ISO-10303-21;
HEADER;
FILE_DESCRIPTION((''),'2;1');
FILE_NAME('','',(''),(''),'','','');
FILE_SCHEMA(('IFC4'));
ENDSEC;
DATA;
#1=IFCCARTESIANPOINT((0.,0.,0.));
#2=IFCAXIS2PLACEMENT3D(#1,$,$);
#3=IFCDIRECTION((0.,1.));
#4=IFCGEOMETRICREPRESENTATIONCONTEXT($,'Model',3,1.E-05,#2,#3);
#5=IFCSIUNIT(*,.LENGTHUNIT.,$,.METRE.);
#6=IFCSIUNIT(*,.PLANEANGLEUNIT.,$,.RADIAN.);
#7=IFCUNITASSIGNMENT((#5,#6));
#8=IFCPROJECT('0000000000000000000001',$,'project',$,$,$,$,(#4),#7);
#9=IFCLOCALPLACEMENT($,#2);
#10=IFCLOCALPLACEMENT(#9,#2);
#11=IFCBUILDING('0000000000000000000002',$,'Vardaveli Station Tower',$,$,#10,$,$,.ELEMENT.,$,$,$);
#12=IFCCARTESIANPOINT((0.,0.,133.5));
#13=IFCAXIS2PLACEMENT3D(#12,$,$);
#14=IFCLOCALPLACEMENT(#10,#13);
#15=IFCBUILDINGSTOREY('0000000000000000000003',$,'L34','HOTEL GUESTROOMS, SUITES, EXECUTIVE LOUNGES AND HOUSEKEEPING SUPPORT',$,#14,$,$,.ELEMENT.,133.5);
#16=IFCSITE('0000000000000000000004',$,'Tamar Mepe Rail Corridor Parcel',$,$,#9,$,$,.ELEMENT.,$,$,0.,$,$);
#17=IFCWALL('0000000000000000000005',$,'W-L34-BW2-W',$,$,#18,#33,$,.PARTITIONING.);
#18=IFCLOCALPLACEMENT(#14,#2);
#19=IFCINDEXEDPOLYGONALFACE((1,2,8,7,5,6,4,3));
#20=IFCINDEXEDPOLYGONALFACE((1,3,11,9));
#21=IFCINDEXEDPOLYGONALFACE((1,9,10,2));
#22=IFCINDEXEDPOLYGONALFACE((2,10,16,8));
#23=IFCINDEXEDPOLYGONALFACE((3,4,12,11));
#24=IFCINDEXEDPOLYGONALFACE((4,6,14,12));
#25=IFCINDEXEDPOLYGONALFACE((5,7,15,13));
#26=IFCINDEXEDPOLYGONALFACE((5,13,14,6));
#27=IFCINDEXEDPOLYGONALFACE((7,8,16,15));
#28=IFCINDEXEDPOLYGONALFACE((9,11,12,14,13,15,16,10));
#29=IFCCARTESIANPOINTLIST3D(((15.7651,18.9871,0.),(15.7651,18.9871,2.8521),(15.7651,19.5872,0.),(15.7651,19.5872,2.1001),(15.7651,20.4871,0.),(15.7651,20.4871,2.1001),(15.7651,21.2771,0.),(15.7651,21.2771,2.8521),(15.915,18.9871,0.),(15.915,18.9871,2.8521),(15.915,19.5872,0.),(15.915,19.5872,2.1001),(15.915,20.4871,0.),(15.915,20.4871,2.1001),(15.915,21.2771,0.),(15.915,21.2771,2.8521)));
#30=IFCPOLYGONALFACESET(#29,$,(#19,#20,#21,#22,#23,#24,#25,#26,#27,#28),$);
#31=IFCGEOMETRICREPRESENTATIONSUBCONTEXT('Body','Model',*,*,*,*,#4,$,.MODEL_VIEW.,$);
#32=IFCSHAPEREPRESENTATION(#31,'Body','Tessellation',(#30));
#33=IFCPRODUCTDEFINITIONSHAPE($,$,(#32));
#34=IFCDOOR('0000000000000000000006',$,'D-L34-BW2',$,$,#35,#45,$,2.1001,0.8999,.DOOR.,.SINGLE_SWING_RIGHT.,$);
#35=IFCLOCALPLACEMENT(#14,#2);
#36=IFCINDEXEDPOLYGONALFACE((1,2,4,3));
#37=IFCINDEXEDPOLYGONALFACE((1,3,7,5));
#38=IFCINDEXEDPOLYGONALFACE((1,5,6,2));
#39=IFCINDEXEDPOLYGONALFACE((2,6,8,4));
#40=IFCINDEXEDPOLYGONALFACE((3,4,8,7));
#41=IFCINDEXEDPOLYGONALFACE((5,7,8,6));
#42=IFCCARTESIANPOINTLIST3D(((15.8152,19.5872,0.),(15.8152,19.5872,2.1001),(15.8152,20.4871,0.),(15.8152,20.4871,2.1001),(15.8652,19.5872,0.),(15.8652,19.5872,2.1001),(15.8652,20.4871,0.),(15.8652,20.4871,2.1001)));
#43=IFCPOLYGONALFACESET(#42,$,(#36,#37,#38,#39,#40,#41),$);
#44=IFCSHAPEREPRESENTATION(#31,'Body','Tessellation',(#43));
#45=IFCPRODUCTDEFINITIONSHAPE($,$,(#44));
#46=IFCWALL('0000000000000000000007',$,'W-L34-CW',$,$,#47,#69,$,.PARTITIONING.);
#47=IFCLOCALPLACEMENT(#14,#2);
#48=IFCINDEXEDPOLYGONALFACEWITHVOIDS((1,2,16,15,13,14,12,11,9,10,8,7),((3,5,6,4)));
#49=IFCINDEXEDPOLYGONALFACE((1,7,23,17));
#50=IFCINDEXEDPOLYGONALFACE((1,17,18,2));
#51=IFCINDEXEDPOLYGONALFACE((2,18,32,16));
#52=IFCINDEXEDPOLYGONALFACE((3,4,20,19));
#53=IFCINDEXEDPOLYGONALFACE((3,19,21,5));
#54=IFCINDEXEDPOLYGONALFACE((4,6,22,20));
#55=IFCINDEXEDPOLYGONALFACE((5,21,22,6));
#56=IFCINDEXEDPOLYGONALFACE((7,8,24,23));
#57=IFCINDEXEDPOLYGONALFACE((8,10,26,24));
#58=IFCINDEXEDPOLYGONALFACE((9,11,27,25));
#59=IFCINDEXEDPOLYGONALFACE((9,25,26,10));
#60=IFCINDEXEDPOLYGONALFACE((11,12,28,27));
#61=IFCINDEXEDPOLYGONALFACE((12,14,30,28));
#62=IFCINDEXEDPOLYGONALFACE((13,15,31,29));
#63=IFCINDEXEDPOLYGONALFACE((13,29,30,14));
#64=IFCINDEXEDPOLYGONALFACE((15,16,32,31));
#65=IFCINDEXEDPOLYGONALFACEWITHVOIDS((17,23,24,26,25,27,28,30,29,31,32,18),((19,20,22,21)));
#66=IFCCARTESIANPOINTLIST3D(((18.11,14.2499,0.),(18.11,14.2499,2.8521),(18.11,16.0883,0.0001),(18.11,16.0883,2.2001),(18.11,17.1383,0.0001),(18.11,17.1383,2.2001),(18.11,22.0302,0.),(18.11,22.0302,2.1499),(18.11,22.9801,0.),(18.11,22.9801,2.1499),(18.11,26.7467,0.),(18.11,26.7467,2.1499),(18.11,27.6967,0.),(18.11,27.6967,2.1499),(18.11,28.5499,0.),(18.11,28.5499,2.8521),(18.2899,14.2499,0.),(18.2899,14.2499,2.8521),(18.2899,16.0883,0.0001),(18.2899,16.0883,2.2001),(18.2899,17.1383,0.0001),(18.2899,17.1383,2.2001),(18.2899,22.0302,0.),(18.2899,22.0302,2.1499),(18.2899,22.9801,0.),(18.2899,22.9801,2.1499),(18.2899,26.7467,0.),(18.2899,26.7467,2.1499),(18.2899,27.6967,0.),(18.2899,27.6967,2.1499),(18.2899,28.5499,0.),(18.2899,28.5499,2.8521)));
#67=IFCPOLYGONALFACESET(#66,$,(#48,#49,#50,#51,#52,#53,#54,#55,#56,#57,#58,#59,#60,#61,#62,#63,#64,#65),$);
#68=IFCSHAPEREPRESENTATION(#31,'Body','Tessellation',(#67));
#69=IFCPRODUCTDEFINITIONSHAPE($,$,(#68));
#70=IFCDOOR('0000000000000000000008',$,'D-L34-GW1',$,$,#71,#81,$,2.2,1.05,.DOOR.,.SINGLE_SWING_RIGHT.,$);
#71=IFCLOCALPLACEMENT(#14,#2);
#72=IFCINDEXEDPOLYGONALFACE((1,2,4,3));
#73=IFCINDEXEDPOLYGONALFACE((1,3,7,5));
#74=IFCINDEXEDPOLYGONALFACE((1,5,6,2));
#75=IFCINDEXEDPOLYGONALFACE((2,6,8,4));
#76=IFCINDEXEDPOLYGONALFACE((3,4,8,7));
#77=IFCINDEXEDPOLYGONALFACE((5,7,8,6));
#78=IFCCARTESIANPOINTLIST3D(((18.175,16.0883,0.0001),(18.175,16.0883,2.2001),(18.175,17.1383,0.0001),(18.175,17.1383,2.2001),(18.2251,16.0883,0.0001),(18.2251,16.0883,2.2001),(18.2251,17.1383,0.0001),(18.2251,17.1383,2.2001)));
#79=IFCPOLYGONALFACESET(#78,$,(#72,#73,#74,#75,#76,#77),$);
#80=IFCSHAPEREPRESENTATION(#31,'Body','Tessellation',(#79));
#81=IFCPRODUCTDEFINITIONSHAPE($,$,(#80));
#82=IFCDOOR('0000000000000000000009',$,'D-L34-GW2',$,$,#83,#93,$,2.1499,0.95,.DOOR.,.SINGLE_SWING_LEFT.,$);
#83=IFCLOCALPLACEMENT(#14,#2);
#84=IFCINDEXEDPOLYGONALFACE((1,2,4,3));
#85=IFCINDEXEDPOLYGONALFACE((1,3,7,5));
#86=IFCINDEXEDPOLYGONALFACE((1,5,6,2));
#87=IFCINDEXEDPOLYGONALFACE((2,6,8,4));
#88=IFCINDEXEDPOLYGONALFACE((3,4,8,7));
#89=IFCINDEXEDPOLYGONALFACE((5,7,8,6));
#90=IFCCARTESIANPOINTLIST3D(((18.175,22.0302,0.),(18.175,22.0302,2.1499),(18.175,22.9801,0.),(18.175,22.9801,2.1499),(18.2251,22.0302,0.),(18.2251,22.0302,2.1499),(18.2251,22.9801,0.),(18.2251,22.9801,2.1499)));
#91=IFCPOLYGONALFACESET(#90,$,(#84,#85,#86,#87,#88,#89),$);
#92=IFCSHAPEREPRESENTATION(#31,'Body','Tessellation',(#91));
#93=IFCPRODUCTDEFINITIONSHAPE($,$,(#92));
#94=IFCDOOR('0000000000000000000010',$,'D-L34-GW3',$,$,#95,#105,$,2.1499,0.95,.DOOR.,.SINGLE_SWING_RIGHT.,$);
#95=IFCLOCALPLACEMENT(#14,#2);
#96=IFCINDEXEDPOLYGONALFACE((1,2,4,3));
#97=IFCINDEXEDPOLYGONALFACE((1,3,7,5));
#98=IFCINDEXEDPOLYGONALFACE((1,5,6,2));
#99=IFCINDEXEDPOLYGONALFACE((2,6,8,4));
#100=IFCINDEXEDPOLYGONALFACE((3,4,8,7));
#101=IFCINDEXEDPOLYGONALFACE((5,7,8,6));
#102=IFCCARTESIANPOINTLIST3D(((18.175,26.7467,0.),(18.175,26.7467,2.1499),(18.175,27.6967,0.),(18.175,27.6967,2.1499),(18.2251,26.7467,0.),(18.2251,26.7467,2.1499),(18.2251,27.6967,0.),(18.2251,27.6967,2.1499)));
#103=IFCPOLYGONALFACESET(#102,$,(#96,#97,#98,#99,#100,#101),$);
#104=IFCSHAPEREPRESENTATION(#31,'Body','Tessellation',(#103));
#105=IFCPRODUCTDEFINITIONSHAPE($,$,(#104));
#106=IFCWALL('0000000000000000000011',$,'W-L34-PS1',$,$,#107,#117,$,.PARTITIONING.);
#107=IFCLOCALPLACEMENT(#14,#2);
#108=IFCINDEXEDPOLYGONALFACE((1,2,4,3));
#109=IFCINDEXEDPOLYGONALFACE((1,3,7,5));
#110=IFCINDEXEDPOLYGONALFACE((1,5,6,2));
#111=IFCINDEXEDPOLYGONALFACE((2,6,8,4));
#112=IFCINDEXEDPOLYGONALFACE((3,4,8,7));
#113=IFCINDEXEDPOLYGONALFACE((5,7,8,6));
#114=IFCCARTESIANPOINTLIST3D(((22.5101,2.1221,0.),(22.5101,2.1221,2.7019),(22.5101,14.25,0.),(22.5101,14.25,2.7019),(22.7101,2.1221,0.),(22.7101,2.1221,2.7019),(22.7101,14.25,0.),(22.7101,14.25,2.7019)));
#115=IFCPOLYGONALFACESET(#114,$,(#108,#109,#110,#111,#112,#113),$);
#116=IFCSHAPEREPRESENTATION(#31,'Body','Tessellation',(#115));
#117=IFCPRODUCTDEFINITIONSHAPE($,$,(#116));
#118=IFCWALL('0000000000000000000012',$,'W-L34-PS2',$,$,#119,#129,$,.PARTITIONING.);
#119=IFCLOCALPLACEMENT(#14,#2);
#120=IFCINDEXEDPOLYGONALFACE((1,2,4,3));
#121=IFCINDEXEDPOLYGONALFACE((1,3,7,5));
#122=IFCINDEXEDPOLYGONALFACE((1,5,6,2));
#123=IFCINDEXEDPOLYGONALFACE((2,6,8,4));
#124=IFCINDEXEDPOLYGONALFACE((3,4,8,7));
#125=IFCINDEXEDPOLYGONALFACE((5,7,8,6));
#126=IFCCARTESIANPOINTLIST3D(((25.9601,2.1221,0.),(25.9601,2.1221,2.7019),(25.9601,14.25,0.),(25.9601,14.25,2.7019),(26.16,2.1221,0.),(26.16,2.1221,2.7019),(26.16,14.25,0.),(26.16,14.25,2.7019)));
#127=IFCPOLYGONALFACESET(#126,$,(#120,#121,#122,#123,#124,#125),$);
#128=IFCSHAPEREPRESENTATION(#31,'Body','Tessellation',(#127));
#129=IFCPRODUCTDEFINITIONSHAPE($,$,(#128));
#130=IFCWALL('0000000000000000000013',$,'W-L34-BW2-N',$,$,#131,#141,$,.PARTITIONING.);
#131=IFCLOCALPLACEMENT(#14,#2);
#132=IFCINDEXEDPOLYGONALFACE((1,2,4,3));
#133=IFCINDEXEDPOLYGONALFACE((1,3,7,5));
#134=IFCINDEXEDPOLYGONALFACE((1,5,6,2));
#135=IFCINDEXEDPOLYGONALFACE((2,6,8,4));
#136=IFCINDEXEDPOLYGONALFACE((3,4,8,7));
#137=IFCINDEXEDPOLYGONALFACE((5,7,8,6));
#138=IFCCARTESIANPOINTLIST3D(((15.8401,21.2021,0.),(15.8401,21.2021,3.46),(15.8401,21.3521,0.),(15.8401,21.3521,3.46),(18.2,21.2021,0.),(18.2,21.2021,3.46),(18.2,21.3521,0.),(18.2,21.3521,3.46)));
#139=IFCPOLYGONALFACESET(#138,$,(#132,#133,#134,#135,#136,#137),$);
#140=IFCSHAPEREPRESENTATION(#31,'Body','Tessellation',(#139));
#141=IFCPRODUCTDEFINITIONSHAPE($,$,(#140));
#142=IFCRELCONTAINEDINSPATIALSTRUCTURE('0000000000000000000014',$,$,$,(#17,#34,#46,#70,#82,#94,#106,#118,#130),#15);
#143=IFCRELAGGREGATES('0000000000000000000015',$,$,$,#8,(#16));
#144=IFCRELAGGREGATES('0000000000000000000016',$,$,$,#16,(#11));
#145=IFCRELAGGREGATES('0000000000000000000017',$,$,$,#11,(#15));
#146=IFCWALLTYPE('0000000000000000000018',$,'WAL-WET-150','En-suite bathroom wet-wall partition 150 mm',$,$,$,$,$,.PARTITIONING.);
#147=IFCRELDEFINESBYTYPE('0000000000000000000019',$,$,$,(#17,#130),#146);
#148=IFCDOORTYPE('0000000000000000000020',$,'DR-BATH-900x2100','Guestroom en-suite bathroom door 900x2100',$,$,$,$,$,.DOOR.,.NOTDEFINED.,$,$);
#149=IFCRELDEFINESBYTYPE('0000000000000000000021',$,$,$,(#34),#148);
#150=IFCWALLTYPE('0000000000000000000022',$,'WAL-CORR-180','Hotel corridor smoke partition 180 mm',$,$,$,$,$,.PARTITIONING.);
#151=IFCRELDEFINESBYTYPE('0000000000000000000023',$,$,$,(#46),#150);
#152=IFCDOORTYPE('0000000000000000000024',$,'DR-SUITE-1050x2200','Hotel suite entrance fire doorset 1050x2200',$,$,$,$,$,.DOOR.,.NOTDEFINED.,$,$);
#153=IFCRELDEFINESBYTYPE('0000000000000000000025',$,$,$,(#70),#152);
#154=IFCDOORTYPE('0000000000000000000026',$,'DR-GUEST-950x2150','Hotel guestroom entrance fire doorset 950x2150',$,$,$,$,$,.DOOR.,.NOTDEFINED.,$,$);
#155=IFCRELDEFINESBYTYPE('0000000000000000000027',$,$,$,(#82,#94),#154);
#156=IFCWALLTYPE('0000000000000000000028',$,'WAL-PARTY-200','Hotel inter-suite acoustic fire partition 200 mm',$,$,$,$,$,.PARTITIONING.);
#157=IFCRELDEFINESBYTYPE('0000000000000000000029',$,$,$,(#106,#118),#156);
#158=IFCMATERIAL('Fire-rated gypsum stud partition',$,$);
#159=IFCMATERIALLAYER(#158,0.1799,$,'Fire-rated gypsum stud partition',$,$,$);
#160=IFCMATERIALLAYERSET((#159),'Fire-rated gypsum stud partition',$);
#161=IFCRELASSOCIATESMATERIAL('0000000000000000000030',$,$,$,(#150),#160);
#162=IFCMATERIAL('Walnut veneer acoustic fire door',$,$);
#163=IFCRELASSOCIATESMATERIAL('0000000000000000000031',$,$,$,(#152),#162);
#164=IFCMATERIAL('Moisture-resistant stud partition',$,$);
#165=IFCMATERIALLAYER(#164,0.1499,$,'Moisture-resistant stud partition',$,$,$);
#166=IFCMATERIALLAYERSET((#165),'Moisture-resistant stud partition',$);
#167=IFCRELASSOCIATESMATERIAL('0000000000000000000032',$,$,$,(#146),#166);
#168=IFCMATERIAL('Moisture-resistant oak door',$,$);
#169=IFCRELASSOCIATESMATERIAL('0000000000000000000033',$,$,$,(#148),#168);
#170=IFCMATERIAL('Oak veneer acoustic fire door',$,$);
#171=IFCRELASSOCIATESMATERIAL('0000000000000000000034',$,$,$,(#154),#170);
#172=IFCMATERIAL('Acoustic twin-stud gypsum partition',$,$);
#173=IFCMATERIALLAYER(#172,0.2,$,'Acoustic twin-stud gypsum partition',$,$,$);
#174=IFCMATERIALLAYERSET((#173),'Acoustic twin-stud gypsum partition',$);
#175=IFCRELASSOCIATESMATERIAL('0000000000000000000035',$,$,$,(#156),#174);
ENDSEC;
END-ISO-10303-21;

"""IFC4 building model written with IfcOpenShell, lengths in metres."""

from ifc_helpers import new_model, si_unit, direction, frame, frame_2d, origin, place, context, subcontext, project, spatial, rectangle, extrude, source, transform, mapped, material, layer, layer_set, type_object, element, fill, save


model = new_model("IFC4")

# Units and contexts
model_context = context("Model", 3, precision=1e-05, world=origin(), true_north=direction((0.0, 1.0)))
body_context = subcontext(model_context, "Body", "Model", "MODEL_VIEW")
ifc_project = project(units=[si_unit("LENGTHUNIT", "METRE"), si_unit("PLANEANGLEUNIT", "RADIAN")], contexts=[model_context])

# Site, building, storey
site_placement = place(None, origin())
site = spatial("IfcSite", under=ifc_project, at=site_placement, Name="Tamar Mepe Rail Corridor Parcel", CompositionType="ELEMENT", RefElevation=0.0)
building_placement = place(site_placement, origin())
building = spatial("IfcBuilding", under=site, at=building_placement, Name="Vardaveli Station Tower", CompositionType="ELEMENT")
storey_placement = place(building_placement, frame((0.0, 0.0, 133.5)))
storey = spatial("IfcBuildingStorey", under=building, at=storey_placement, Name="L34", Description="HOTEL GUESTROOMS, SUITES, EXECUTIVE LOUNGES AND HOUSEKEEPING SUPPORT", CompositionType="ELEMENT", Elevation=133.5)

# Shared definitions
ifc_material_1 = material(Name="Fire-rated gypsum stud partition")
ifc_layer_1 = layer(ifc_material_1, 0.1799, Name="Fire-rated gypsum stud partition")
ifc_layer_set_1 = layer_set([ifc_layer_1], Name="Fire-rated gypsum stud partition")
wall_type_1 = type_object("IfcWallType", Name="WAL-CORR-180", Description="Hotel corridor smoke partition 180 mm", PredefinedType="PARTITIONING", material=ifc_layer_set_1)
shared_shape_1 = source(origin(), body_context, "Body", "SweptSolid", [
    extrude(rectangle(XDim=1.05, YDim=2.2, at=frame_2d((0.5249, 1.1001))), frame((0.0, 0.1001, 0.0), z_axis=(0.0, -1.0, 0.0), x_axis=(1.0, 0.0, 0.0)), (0.0, 0.0, 1.0), 0.2),
])
ifc_material_2 = material(Name="Walnut veneer acoustic fire door")
door_type_1 = type_object("IfcDoorType", Name="DR-SUITE-1050x2200", Description="Hotel suite entrance fire doorset 1050x2200", OperationType="NOTDEFINED", PredefinedType="DOOR", material=ifc_material_2)
shared_shape_2 = source(origin(), body_context, "Body", "SweptSolid", [
    extrude(rectangle(XDim=1.05, YDim=2.2, at=frame_2d((0.5249, 1.1001))), frame((0.0, 0.0249, 0.0), z_axis=(0.0, -1.0, 0.0), x_axis=(1.0, 0.0, 0.0)), (0.0, 0.0, 1.0), 0.05),
])

# Wall, opening, door
ifc_material_3 = material(Name="Moisture-resistant stud partition")
ifc_layer_2 = layer(ifc_material_3, 0.1499, Name="Moisture-resistant stud partition")
ifc_layer_set_2 = layer_set([ifc_layer_2], Name="Moisture-resistant stud partition")
wall_type_2 = type_object("IfcWallType", Name="WAL-WET-150", Description="En-suite bathroom wet-wall partition 150 mm", PredefinedType="PARTITIONING", material=ifc_layer_set_2)
shared_shape_3 = source(origin(), body_context, "Body", "SweptSolid", [
    extrude(rectangle(XDim=2.29, YDim=0.1499, at=frame_2d((1.145, 0.0))), origin(), (0.0, 0.0, 1.0), 2.8521),
])
wall_1_placement = place(storey_placement, frame((15.8401, 18.9871, 0.0), z_axis=(0.0, 0.0, 1.0), x_axis=(0.0, 1.0, 0.0)))
wall_1 = element("IfcWall", 1, at=wall_1_placement, inside=storey, type_object=wall_type_2, Name="W-L34-BW2-W", PredefinedType="PARTITIONING", context=body_context, shape_type="MappedRepresentation", body=[
    mapped(shared_shape_3, transform((0.0, 0.0, 0.0), scale=1.0)),
])
shared_shape_4 = source(origin(), body_context, "Body", "SweptSolid", [
    extrude(rectangle(XDim=0.8999, YDim=2.1001, at=frame_2d((0.45, 1.05))), frame((0.0, 0.085, 0.0), z_axis=(0.0, -1.0, 0.0), x_axis=(1.0, 0.0, 0.0)), (0.0, 0.0, 1.0), 0.1699),
])
opening_1_placement = place(wall_1_placement, frame((0.6001, 0.0, 0.0)))
opening_1 = element("IfcOpeningElement", 2, at=opening_1_placement, cuts=wall_1, PredefinedType="OPENING", context=body_context, shape_type="MappedRepresentation", body=[
    mapped(shared_shape_4, transform((0.0, 0.0, 0.0), scale=1.0)),
])
ifc_material_4 = material(Name="Moisture-resistant oak door")
door_type_2 = type_object("IfcDoorType", Name="DR-BATH-900x2100", Description="Guestroom en-suite bathroom door 900x2100", OperationType="NOTDEFINED", PredefinedType="DOOR", material=ifc_material_4)
shared_shape_5 = source(origin(), body_context, "Body", "SweptSolid", [
    extrude(rectangle(XDim=0.8999, YDim=2.1001, at=frame_2d((0.45, 1.05))), frame((0.0, 0.0249, 0.0), z_axis=(0.0, -1.0, 0.0), x_axis=(1.0, 0.0, 0.0)), (0.0, 0.0, 1.0), 0.05),
])
door_1_placement = place(opening_1_placement, origin())
door_1 = element("IfcDoor", 3, at=door_1_placement, inside=storey, type_object=door_type_2, Name="D-L34-BW2", OperationType="SINGLE_SWING_RIGHT", OverallHeight=2.1001, OverallWidth=0.8999, PredefinedType="DOOR", context=body_context, shape_type="MappedRepresentation", body=[
    mapped(shared_shape_5, transform((0.0, 0.0, 0.0), scale=1.0)),
])
fill(opening_1, door_1)

# Wall, openings, doors
shared_shape_6 = source(origin(), body_context, "Body", "SweptSolid", [
    extrude(rectangle(XDim=14.3, YDim=0.1799, at=frame_2d((7.1499, 0.0))), origin(), (0.0, 0.0, 1.0), 2.8521),
])
wall_2_placement = place(storey_placement, frame((18.2, 14.25, 0.0), z_axis=(0.0, 0.0, 1.0), x_axis=(0.0, 1.0, 0.0)))
wall_2 = element("IfcWall", 4, at=wall_2_placement, inside=storey, type_object=wall_type_1, Name="W-L34-CW", PredefinedType="PARTITIONING", context=body_context, shape_type="MappedRepresentation", body=[
    mapped(shared_shape_6, transform((0.0, 0.0, 0.0), scale=1.0)),
])
opening_2_placement = place(wall_2_placement, frame((1.8384, 0.0, 0.0)))
opening_2 = element("IfcOpeningElement", 5, at=opening_2_placement, cuts=wall_2, PredefinedType="OPENING", context=body_context, shape_type="MappedRepresentation", body=[
    mapped(shared_shape_1, transform((0.0, 0.0, 0.0), scale=1.0)),
])
shared_shape_7 = source(origin(), body_context, "Body", "SweptSolid", [
    extrude(rectangle(XDim=0.95, YDim=2.1499, at=frame_2d((0.4751, 1.075))), frame((0.0, 0.1001, 0.0), z_axis=(0.0, -1.0, 0.0), x_axis=(1.0, 0.0, 0.0)), (0.0, 0.0, 1.0), 0.2),
])
opening_3_placement = place(wall_2_placement, frame((7.78, 0.0, 0.0)))
opening_3 = element("IfcOpeningElement", 6, at=opening_3_placement, cuts=wall_2, PredefinedType="OPENING", context=body_context, shape_type="MappedRepresentation", body=[
    mapped(shared_shape_7, transform((0.0, 0.0, 0.0), scale=1.0)),
])
opening_4_placement = place(wall_2_placement, frame((12.4966, 0.0, 0.0)))
opening_4 = element("IfcOpeningElement", 7, at=opening_4_placement, cuts=wall_2, PredefinedType="OPENING", context=body_context, shape_type="MappedRepresentation", body=[
    mapped(shared_shape_7, transform((0.0, 0.0, 0.0), scale=1.0)),
])
door_2_placement = place(opening_2_placement, origin())
door_2 = element("IfcDoor", 8, at=door_2_placement, inside=storey, type_object=door_type_1, Name="D-L34-GW1", OperationType="SINGLE_SWING_RIGHT", OverallHeight=2.2, OverallWidth=1.05, PredefinedType="DOOR", context=body_context, shape_type="MappedRepresentation", body=[
    mapped(shared_shape_2, transform((0.0, 0.0, 0.0), scale=1.0)),
])
fill(opening_2, door_2)
ifc_material_5 = material(Name="Oak veneer acoustic fire door")
door_type_3 = type_object("IfcDoorType", Name="DR-GUEST-950x2150", Description="Hotel guestroom entrance fire doorset 950x2150", OperationType="NOTDEFINED", PredefinedType="DOOR", material=ifc_material_5)
shared_shape_8 = source(origin(), body_context, "Body", "SweptSolid", [
    extrude(rectangle(XDim=0.95, YDim=2.1499, at=frame_2d((0.4751, 1.075))), frame((0.0, 0.0249, 0.0), z_axis=(0.0, -1.0, 0.0), x_axis=(1.0, 0.0, 0.0)), (0.0, 0.0, 1.0), 0.05),
])
door_3_placement = place(opening_3_placement, origin())
door_3 = element("IfcDoor", 9, at=door_3_placement, inside=storey, type_object=door_type_3, Name="D-L34-GW2", OperationType="SINGLE_SWING_LEFT", OverallHeight=2.1499, OverallWidth=0.95, PredefinedType="DOOR", context=body_context, shape_type="MappedRepresentation", body=[
    mapped(shared_shape_8, transform((0.0, 0.0, 0.0), scale=1.0)),
])
fill(opening_3, door_3)
door_4_placement = place(opening_4_placement, origin())
door_4 = element("IfcDoor", 10, at=door_4_placement, inside=storey, type_object=door_type_3, Name="D-L34-GW3", OperationType="SINGLE_SWING_RIGHT", OverallHeight=2.1499, OverallWidth=0.95, PredefinedType="DOOR", context=body_context, shape_type="MappedRepresentation", body=[
    mapped(shared_shape_8, transform((0.0, 0.0, 0.0), scale=1.0)),
])
fill(opening_4, door_4)

# Walls
ifc_material_6 = material(Name="Acoustic twin-stud gypsum partition")
ifc_layer_3 = layer(ifc_material_6, 0.2, Name="Acoustic twin-stud gypsum partition")
ifc_layer_set_3 = layer_set([ifc_layer_3], Name="Acoustic twin-stud gypsum partition")
wall_type_3 = type_object("IfcWallType", Name="WAL-PARTY-200", Description="Hotel inter-suite acoustic fire partition 200 mm", PredefinedType="PARTITIONING", material=ifc_layer_set_3)
shared_shape_9 = source(origin(), body_context, "Body", "SweptSolid", [
    extrude(rectangle(XDim=12.1279, YDim=0.2, at=frame_2d((6.064, 0.0))), origin(), (0.0, 0.0, 1.0), 2.7019),
])
for number, where, z_axis, x_axis, name in (
    (11, (22.6101, 2.1221, 0.0), (0.0, 0.0, 1.0), (0.0, 1.0, 0.0), "W-L34-PS1"),
    (12, (26.0601, 2.1221, 0.0), (0.0, 0.0, 1.0), (0.0, 1.0, 0.0), "W-L34-PS2"),
):
    element("IfcWall", number, at=place(storey_placement, frame(where, z_axis=z_axis, x_axis=x_axis)), inside=storey, type_object=wall_type_3, Name=name, PredefinedType="PARTITIONING", context=body_context, shape_type="MappedRepresentation", body=[
        mapped(shared_shape_9, transform((0.0, 0.0, 0.0), scale=1.0)),
    ])
shared_shape_10 = source(origin(), body_context, "Body", "SweptSolid", [
    extrude(rectangle(XDim=2.3599, YDim=0.1499, at=frame_2d((1.1799, 0.0))), origin(), (0.0, 0.0, 1.0), 3.46),
])
wall_3_placement = place(storey_placement, frame((15.8401, 21.2771, 0.0), z_axis=(0.0, 0.0, 1.0), x_axis=(1.0, 0.0, 0.0)))
element("IfcWall", 13, at=wall_3_placement, inside=storey, type_object=wall_type_2, Name="W-L34-BW2-N", PredefinedType="PARTITIONING", context=body_context, shape_type="MappedRepresentation", body=[
    mapped(shared_shape_10, transform((0.0, 0.0, 0.0), scale=1.0)),
])

save(model, "model.ifc")
